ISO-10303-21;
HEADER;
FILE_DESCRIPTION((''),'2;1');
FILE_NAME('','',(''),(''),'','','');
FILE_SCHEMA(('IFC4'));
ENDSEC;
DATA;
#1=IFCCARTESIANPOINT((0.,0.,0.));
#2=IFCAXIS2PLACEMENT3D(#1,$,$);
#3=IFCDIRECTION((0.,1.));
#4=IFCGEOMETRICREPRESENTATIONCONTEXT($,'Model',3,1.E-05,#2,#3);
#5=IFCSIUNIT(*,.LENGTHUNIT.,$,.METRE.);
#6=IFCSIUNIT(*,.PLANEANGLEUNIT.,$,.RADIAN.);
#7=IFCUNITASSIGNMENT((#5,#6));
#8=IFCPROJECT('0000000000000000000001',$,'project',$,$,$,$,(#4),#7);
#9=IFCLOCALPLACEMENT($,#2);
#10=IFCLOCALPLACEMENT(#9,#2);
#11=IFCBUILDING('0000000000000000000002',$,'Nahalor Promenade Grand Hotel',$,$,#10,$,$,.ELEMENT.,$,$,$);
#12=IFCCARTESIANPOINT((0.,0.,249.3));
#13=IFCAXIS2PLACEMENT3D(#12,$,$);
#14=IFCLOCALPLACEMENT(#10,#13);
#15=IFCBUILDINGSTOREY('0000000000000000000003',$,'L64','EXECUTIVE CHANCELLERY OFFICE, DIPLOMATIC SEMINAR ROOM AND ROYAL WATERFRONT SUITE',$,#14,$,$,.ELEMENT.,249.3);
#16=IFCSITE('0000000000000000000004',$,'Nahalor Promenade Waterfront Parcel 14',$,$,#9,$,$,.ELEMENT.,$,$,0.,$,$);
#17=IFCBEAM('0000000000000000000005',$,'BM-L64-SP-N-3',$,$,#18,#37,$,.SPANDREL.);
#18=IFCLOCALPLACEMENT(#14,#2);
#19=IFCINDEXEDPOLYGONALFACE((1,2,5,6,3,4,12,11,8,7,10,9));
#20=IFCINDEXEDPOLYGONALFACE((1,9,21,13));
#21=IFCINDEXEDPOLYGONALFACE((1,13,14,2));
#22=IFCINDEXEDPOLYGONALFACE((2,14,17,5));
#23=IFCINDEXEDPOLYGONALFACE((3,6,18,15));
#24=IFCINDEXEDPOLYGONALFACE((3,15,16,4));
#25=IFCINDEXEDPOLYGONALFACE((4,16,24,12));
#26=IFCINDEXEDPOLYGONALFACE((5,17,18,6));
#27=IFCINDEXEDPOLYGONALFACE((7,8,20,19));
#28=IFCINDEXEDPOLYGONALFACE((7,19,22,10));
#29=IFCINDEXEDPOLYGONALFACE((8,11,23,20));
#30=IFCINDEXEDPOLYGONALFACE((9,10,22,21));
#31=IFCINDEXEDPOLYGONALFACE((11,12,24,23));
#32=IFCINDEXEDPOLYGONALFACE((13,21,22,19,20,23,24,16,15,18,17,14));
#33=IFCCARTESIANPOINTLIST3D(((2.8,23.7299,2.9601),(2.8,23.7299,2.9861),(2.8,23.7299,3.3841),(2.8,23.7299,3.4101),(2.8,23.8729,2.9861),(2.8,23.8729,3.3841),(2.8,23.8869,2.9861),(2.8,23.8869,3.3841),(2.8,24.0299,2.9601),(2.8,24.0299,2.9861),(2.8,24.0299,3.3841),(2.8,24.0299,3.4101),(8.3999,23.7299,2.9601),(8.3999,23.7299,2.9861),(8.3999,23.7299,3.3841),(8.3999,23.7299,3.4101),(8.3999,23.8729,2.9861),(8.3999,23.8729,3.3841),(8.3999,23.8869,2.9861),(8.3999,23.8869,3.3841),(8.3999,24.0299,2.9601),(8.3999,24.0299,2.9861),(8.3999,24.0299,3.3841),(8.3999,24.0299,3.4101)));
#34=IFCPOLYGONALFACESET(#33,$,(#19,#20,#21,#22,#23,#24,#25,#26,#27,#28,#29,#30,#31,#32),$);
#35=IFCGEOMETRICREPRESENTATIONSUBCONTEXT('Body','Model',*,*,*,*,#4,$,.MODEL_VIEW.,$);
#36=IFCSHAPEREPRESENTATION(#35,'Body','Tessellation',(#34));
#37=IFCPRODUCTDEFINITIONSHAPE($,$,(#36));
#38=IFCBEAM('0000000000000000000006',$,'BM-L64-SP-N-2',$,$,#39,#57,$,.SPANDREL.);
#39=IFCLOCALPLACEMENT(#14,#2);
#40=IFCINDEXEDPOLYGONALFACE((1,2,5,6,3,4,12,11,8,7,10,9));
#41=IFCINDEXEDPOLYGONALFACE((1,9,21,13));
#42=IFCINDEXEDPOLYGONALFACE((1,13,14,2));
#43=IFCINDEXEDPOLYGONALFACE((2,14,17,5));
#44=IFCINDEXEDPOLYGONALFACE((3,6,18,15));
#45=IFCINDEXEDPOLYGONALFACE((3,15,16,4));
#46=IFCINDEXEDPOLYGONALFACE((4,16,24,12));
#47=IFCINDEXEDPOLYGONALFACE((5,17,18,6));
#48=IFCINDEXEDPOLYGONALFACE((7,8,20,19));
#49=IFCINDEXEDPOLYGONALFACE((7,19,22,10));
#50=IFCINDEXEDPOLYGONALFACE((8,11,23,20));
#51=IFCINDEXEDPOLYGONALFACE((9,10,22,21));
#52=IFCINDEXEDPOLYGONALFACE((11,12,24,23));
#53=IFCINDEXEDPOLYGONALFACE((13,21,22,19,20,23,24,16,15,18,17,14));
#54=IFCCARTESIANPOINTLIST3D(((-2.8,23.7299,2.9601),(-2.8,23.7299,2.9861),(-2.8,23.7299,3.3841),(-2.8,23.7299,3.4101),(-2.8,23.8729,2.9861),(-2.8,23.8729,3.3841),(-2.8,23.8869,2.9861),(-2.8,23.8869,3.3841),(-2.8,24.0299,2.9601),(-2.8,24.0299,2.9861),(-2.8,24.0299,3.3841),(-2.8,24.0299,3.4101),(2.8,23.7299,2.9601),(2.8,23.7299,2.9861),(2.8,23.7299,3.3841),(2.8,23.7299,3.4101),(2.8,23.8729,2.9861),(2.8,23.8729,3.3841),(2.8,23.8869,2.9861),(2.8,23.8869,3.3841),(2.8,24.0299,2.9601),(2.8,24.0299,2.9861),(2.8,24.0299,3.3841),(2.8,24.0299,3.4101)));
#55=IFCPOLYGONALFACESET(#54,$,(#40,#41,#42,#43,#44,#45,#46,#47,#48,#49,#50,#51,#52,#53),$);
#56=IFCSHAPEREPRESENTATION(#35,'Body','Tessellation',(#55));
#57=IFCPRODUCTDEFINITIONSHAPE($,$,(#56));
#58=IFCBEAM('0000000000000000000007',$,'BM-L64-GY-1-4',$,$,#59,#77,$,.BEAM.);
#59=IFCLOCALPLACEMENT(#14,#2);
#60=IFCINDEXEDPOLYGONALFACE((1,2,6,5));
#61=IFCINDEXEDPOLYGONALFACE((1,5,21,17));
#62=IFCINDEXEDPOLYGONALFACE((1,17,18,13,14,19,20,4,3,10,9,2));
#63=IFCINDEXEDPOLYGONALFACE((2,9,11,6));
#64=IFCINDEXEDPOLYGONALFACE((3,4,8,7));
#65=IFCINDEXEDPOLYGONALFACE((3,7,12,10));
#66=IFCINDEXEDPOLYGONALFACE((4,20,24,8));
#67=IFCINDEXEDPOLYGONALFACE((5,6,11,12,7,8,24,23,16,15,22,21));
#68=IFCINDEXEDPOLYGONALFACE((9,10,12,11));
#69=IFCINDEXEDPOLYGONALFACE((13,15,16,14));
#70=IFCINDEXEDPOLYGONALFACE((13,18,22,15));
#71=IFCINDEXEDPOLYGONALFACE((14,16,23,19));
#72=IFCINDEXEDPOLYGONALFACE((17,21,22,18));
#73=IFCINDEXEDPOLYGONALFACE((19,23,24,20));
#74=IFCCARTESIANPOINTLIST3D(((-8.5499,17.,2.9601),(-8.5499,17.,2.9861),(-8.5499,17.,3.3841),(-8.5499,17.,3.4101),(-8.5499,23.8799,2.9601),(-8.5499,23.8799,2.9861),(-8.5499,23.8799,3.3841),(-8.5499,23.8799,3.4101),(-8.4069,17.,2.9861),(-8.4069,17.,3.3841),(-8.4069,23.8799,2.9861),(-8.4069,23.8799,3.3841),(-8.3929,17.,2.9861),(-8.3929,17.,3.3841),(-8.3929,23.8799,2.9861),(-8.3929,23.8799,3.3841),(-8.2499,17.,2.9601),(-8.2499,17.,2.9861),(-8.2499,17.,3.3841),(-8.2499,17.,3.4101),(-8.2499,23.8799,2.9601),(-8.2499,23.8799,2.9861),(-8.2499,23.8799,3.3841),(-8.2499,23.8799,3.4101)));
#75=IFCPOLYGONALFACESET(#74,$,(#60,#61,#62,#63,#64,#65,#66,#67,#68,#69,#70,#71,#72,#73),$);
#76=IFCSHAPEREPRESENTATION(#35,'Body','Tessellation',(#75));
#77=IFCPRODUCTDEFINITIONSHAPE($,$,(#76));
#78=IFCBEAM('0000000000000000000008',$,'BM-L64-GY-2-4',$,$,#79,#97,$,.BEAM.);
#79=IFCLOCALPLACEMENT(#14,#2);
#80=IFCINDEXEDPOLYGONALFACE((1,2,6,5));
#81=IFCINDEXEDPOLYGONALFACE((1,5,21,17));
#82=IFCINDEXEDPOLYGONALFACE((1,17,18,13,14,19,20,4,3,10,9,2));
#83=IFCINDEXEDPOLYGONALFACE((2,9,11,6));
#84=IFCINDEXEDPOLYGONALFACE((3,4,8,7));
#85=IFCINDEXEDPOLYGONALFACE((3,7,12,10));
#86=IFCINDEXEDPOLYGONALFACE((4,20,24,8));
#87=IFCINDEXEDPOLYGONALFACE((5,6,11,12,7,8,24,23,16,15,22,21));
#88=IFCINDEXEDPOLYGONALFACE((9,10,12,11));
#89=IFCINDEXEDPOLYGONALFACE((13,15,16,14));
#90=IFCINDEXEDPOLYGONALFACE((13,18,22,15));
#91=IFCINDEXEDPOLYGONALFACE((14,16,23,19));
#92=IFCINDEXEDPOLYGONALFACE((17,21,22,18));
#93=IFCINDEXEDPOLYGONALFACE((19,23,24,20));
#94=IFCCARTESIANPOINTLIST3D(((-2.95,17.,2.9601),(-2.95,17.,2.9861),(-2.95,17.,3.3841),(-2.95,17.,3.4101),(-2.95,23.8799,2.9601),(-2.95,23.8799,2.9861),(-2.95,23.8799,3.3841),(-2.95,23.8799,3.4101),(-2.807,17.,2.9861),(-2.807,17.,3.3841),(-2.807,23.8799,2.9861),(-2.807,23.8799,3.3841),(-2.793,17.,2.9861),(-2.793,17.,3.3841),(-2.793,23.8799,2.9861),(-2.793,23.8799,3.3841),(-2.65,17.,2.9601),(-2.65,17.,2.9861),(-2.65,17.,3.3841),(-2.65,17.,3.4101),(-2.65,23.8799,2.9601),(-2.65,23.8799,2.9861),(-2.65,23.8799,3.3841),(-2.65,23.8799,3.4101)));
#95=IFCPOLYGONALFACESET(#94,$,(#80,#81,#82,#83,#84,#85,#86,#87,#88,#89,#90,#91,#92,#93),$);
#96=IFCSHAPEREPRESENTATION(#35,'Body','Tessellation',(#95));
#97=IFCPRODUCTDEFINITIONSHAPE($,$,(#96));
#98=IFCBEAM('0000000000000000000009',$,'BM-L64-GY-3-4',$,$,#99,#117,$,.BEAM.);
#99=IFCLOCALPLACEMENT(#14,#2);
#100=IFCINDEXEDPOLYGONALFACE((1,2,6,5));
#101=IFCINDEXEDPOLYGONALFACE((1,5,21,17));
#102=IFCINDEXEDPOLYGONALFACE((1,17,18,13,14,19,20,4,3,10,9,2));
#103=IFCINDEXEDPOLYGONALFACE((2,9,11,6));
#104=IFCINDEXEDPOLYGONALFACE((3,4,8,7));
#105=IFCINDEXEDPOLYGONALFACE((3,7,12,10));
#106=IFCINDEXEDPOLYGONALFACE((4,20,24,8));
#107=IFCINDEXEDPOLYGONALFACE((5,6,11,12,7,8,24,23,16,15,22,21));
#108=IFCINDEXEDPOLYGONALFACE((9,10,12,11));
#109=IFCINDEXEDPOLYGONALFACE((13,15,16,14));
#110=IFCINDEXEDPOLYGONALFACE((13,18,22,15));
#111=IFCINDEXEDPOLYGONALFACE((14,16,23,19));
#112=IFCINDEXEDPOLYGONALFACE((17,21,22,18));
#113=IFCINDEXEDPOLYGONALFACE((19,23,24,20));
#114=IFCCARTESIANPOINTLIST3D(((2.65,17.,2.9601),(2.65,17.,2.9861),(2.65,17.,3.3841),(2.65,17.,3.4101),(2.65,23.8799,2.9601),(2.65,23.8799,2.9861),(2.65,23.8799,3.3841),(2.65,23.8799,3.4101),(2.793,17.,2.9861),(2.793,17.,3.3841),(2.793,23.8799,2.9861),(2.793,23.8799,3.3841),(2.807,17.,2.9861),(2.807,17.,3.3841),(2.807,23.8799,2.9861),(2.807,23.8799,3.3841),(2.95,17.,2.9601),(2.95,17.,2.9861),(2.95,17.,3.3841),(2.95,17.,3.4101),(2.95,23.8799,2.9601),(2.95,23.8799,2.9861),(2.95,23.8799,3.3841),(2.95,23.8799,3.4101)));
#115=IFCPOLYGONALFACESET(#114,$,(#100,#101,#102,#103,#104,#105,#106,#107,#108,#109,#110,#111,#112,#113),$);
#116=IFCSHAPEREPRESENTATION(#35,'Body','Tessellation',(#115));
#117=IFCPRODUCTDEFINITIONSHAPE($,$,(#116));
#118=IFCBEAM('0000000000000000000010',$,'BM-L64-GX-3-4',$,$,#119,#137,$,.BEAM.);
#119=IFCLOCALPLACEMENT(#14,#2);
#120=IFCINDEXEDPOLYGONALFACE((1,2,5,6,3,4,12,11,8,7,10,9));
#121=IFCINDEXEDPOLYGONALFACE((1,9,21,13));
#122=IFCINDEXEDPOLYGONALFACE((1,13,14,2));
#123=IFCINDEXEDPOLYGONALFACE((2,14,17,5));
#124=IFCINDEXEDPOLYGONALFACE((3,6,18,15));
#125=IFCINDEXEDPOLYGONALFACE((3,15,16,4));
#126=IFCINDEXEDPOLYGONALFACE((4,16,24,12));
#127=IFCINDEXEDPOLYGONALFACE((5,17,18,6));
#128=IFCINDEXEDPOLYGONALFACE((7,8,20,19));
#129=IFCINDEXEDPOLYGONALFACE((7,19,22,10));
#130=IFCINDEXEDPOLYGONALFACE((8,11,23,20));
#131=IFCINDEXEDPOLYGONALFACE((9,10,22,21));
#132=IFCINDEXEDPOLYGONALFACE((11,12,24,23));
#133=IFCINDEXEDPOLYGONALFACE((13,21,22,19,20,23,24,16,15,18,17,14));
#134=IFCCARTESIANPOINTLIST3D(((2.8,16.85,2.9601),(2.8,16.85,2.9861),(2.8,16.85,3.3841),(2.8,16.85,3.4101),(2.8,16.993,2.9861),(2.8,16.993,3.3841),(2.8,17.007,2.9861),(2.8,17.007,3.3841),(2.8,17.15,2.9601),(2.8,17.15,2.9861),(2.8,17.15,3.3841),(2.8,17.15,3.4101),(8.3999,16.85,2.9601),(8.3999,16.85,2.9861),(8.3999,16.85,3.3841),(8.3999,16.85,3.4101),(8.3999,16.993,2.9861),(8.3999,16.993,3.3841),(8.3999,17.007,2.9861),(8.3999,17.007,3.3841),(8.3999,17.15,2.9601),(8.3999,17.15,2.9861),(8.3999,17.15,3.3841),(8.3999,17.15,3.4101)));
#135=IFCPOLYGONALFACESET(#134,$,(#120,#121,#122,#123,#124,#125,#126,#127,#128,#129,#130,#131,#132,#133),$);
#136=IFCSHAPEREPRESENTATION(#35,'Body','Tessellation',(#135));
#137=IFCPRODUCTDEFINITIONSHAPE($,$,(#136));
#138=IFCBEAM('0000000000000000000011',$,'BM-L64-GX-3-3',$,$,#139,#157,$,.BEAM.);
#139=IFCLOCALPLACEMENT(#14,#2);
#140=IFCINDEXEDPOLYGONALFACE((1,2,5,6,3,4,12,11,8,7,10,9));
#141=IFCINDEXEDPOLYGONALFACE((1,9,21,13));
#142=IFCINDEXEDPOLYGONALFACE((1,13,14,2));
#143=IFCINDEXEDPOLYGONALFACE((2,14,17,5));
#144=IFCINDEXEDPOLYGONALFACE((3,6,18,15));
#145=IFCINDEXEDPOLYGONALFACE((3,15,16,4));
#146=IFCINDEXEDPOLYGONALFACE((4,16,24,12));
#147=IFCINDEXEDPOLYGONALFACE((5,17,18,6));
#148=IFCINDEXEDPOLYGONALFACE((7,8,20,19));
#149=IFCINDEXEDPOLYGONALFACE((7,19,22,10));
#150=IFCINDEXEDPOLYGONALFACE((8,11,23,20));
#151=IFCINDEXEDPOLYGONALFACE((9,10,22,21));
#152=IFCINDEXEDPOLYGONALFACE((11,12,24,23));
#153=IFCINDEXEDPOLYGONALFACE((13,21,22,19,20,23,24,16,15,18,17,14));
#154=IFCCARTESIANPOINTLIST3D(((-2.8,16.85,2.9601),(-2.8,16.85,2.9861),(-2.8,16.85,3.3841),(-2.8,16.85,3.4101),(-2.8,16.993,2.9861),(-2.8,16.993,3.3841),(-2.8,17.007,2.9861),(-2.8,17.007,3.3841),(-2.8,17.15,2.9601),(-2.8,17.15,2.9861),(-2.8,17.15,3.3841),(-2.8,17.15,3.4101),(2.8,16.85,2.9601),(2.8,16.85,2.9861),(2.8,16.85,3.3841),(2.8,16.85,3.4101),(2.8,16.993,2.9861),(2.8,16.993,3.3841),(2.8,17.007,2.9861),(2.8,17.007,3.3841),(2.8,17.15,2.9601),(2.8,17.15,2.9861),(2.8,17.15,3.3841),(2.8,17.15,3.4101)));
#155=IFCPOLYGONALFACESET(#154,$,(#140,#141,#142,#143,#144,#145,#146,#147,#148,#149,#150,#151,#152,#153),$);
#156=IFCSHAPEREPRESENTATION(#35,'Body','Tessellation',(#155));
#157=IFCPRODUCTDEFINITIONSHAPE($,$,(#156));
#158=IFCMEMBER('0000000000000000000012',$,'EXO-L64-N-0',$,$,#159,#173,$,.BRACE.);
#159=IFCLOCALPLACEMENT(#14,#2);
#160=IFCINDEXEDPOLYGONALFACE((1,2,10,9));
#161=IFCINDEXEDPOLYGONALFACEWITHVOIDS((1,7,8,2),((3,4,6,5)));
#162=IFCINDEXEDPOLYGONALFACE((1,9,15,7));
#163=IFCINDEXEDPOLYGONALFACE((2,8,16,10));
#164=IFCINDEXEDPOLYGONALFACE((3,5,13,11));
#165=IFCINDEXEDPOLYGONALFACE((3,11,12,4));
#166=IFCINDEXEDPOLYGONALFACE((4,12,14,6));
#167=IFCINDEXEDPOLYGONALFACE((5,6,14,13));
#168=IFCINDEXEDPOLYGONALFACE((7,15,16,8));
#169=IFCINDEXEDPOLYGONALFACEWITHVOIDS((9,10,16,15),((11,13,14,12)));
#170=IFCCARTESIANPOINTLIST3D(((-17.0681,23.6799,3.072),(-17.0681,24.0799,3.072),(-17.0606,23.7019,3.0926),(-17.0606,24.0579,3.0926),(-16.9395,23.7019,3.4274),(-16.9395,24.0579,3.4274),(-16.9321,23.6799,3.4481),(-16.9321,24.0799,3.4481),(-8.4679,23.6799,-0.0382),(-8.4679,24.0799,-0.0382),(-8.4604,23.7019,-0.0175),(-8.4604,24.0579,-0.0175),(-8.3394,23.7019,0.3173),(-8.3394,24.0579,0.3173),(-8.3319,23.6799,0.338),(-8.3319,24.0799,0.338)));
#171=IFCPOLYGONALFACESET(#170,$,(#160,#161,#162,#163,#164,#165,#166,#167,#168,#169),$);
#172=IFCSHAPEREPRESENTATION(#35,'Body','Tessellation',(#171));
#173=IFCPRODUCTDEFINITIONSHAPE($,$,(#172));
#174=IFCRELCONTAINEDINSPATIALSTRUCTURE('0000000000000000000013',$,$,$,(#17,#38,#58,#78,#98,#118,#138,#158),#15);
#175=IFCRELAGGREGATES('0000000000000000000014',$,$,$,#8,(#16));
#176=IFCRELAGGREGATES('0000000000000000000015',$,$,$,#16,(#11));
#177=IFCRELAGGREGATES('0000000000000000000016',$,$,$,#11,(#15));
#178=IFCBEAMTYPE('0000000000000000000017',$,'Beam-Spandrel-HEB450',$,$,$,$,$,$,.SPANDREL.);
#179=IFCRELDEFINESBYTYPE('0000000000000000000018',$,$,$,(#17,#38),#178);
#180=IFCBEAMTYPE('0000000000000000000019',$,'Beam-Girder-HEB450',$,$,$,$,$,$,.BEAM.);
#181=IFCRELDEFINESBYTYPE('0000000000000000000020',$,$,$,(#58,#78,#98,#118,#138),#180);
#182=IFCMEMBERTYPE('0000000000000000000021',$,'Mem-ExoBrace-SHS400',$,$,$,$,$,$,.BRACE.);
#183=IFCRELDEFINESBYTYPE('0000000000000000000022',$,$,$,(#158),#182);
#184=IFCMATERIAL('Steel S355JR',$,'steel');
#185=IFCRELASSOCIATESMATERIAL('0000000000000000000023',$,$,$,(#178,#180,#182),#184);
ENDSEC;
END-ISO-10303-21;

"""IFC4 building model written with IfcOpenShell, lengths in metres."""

from ifc_helpers import new_model, si_unit, direction, frame, origin, origin_2d, place, context, subcontext, project, spatial, hollow_rectangle, i_section, extrude, source, transform, mapped, material, material_profile, profile_set, type_object, element, save


model = new_model("IFC4")

# Units and contexts
model_context = context("Model", 3, precision=1e-05, world=origin(), true_north=direction((0.0, 1.0)))
body_context = subcontext(model_context, "Body", "Model", "MODEL_VIEW")
ifc_project = project(units=[si_unit("LENGTHUNIT", "METRE"), si_unit("PLANEANGLEUNIT", "RADIAN")], contexts=[model_context])

# Site, building, storey
site_placement = place(None, origin())
site = spatial("IfcSite", under=ifc_project, at=site_placement, Name="Nahalor Promenade Waterfront Parcel 14", CompositionType="ELEMENT", RefElevation=0.0)
building_placement = place(site_placement, origin())
building = spatial("IfcBuilding", under=site, at=building_placement, Name="Nahalor Promenade Grand Hotel", CompositionType="ELEMENT")
storey_placement = place(building_placement, frame((0.0, 0.0, 249.3)))
storey = spatial("IfcBuildingStorey", under=building, at=storey_placement, Name="L64", Description="EXECUTIVE CHANCELLERY OFFICE, DIPLOMATIC SEMINAR ROOM AND ROYAL WATERFRONT SUITE", CompositionType="ELEMENT", Elevation=249.3)

# Shared definitions
ifc_material_1 = material(Name="Steel S355JR", Category="steel")

# Beams
ifc_material_profile_1 = material_profile(ifc_material_1, i_section(OverallWidth=0.3, OverallDepth=0.45, WebThickness=0.014, FlangeThickness=0.026, at=origin_2d()), Name="HEB 450")
ifc_profile_set_1 = profile_set([ifc_material_profile_1], Name="Steel S355JR")
beam_type_1 = type_object("IfcBeamType", Name="Beam-Spandrel-HEB450", PredefinedType="SPANDREL", material=ifc_profile_set_1)
shared_shape_1 = source(origin(), body_context, "Body", "SweptSolid", [
    extrude(i_section(OverallWidth=0.3, OverallDepth=0.45, WebThickness=0.014, FlangeThickness=0.026, at=origin_2d()), origin(), (0.0, 0.0, 1.0), 5.5999),
])
for number, where, z_axis, x_axis, name in (
    (1, (2.8, 23.8799, 3.1851), (1.0, 0.0, 0.0), (0.0, 1.0, 0.0), "BM-L64-SP-N-3"),
):
    element("IfcBeam", number, at=place(storey_placement, frame(where, z_axis=z_axis, x_axis=x_axis)), inside=storey, type_object=beam_type_1, Name=name, PredefinedType="SPANDREL", context=body_context, shape_type="MappedRepresentation", body=[
        mapped(shared_shape_1, transform((0.0, 0.0, 0.0), scale=1.0)),
    ])
shared_shape_2 = source(origin(), body_context, "Body", "SweptSolid", [
    extrude(i_section(OverallWidth=0.3, OverallDepth=0.45, WebThickness=0.014, FlangeThickness=0.026, at=origin_2d()), origin(), (0.0, 0.0, 1.0), 5.6001),
])
beam_1_placement = place(storey_placement, frame((-2.8, 23.8799, 3.1851), z_axis=(1.0, 0.0, 0.0), x_axis=(0.0, 1.0, 0.0)))
element("IfcBeam", 2, at=beam_1_placement, inside=storey, type_object=beam_type_1, Name="BM-L64-SP-N-2", PredefinedType="SPANDREL", context=body_context, shape_type="MappedRepresentation", body=[
    mapped(shared_shape_2, transform((0.0, 0.0, 0.0), scale=1.0)),
])
ifc_material_profile_2 = material_profile(ifc_material_1, i_section(OverallWidth=0.3, OverallDepth=0.45, WebThickness=0.014, FlangeThickness=0.026, at=origin_2d()), Name="HEB 450")
ifc_profile_set_2 = profile_set([ifc_material_profile_2], Name="Steel S355JR")
beam_type_2 = type_object("IfcBeamType", Name="Beam-Girder-HEB450", PredefinedType="BEAM", material=ifc_profile_set_2)
shared_shape_3 = source(origin(), body_context, "Body", "SweptSolid", [
    extrude(i_section(OverallWidth=0.3, OverallDepth=0.45, WebThickness=0.014, FlangeThickness=0.026, at=origin_2d()), origin(), (0.0, 0.0, 1.0), 6.8799),
])
for number, where, z_axis, x_axis, name in (
    (3, (-8.3999, 17.0, 3.1851), (0.0, 1.0, 0.0), (-1.0, 0.0, 0.0), "BM-L64-GY-1-4"),
    (4, (-2.8, 17.0, 3.1851), (0.0, 1.0, 0.0), (-1.0, 0.0, 0.0), "BM-L64-GY-2-4"),
    (5, (2.8, 17.0, 3.1851), (0.0, 1.0, 0.0), (-1.0, 0.0, 0.0), "BM-L64-GY-3-4"),
):
    element("IfcBeam", number, at=place(storey_placement, frame(where, z_axis=z_axis, x_axis=x_axis)), inside=storey, type_object=beam_type_2, Name=name, PredefinedType="BEAM", context=body_context, shape_type="MappedRepresentation", body=[
        mapped(shared_shape_3, transform((0.0, 0.0, 0.0), scale=1.0)),
    ])
shared_shape_4 = source(origin(), body_context, "Body", "SweptSolid", [
    extrude(i_section(OverallWidth=0.3, OverallDepth=0.45, WebThickness=0.014, FlangeThickness=0.026, at=origin_2d()), origin(), (0.0, 0.0, 1.0), 5.5999),
])
beam_2_placement = place(storey_placement, frame((2.8, 17.0, 3.1851), z_axis=(1.0, 0.0, 0.0), x_axis=(0.0, 1.0, 0.0)))
element("IfcBeam", 6, at=beam_2_placement, inside=storey, type_object=beam_type_2, Name="BM-L64-GX-3-4", PredefinedType="BEAM", context=body_context, shape_type="MappedRepresentation", body=[
    mapped(shared_shape_4, transform((0.0, 0.0, 0.0), scale=1.0)),
])
shared_shape_5 = source(origin(), body_context, "Body", "SweptSolid", [
    extrude(i_section(OverallWidth=0.3, OverallDepth=0.45, WebThickness=0.014, FlangeThickness=0.026, at=origin_2d()), origin(), (0.0, 0.0, 1.0), 5.6001),
])
beam_3_placement = place(storey_placement, frame((-2.8, 17.0, 3.1851), z_axis=(1.0, 0.0, 0.0), x_axis=(0.0, 1.0, 0.0)))
element("IfcBeam", 7, at=beam_3_placement, inside=storey, type_object=beam_type_2, Name="BM-L64-GX-3-3", PredefinedType="BEAM", context=body_context, shape_type="MappedRepresentation", body=[
    mapped(shared_shape_5, transform((0.0, 0.0, 0.0), scale=1.0)),
])

# Member
ifc_material_profile_3 = material_profile(ifc_material_1, hollow_rectangle(XDim=0.4, YDim=0.4, WallThickness=0.022, at=origin_2d()), Name="SHS 400x400x22")
ifc_profile_set_3 = profile_set([ifc_material_profile_3], Name="Steel S355JR")
member_type_1 = type_object("IfcMemberType", Name="Mem-ExoBrace-SHS400", PredefinedType="BRACE", material=ifc_profile_set_3)
shared_shape_6 = source(origin(), body_context, "Body", "SweptSolid", [
    extrude(hollow_rectangle(XDim=0.4, YDim=0.4, WallThickness=0.022, at=origin_2d()), origin(), (0.0, 0.0, 1.0), 9.1453),
])
member_1_placement = place(storey_placement, frame((-8.3999, 23.8799, 0.1499), z_axis=(-0.940396, 0.0, 0.340081), x_axis=(0.0, -1.0, 0.0)))
element("IfcMember", 8, at=member_1_placement, inside=storey, type_object=member_type_1, Name="EXO-L64-N-0", PredefinedType="BRACE", context=body_context, shape_type="MappedRepresentation", body=[
    mapped(shared_shape_6, transform((0.0, 0.0, 0.0), scale=1.0)),
])

save(model, "model.ifc")
